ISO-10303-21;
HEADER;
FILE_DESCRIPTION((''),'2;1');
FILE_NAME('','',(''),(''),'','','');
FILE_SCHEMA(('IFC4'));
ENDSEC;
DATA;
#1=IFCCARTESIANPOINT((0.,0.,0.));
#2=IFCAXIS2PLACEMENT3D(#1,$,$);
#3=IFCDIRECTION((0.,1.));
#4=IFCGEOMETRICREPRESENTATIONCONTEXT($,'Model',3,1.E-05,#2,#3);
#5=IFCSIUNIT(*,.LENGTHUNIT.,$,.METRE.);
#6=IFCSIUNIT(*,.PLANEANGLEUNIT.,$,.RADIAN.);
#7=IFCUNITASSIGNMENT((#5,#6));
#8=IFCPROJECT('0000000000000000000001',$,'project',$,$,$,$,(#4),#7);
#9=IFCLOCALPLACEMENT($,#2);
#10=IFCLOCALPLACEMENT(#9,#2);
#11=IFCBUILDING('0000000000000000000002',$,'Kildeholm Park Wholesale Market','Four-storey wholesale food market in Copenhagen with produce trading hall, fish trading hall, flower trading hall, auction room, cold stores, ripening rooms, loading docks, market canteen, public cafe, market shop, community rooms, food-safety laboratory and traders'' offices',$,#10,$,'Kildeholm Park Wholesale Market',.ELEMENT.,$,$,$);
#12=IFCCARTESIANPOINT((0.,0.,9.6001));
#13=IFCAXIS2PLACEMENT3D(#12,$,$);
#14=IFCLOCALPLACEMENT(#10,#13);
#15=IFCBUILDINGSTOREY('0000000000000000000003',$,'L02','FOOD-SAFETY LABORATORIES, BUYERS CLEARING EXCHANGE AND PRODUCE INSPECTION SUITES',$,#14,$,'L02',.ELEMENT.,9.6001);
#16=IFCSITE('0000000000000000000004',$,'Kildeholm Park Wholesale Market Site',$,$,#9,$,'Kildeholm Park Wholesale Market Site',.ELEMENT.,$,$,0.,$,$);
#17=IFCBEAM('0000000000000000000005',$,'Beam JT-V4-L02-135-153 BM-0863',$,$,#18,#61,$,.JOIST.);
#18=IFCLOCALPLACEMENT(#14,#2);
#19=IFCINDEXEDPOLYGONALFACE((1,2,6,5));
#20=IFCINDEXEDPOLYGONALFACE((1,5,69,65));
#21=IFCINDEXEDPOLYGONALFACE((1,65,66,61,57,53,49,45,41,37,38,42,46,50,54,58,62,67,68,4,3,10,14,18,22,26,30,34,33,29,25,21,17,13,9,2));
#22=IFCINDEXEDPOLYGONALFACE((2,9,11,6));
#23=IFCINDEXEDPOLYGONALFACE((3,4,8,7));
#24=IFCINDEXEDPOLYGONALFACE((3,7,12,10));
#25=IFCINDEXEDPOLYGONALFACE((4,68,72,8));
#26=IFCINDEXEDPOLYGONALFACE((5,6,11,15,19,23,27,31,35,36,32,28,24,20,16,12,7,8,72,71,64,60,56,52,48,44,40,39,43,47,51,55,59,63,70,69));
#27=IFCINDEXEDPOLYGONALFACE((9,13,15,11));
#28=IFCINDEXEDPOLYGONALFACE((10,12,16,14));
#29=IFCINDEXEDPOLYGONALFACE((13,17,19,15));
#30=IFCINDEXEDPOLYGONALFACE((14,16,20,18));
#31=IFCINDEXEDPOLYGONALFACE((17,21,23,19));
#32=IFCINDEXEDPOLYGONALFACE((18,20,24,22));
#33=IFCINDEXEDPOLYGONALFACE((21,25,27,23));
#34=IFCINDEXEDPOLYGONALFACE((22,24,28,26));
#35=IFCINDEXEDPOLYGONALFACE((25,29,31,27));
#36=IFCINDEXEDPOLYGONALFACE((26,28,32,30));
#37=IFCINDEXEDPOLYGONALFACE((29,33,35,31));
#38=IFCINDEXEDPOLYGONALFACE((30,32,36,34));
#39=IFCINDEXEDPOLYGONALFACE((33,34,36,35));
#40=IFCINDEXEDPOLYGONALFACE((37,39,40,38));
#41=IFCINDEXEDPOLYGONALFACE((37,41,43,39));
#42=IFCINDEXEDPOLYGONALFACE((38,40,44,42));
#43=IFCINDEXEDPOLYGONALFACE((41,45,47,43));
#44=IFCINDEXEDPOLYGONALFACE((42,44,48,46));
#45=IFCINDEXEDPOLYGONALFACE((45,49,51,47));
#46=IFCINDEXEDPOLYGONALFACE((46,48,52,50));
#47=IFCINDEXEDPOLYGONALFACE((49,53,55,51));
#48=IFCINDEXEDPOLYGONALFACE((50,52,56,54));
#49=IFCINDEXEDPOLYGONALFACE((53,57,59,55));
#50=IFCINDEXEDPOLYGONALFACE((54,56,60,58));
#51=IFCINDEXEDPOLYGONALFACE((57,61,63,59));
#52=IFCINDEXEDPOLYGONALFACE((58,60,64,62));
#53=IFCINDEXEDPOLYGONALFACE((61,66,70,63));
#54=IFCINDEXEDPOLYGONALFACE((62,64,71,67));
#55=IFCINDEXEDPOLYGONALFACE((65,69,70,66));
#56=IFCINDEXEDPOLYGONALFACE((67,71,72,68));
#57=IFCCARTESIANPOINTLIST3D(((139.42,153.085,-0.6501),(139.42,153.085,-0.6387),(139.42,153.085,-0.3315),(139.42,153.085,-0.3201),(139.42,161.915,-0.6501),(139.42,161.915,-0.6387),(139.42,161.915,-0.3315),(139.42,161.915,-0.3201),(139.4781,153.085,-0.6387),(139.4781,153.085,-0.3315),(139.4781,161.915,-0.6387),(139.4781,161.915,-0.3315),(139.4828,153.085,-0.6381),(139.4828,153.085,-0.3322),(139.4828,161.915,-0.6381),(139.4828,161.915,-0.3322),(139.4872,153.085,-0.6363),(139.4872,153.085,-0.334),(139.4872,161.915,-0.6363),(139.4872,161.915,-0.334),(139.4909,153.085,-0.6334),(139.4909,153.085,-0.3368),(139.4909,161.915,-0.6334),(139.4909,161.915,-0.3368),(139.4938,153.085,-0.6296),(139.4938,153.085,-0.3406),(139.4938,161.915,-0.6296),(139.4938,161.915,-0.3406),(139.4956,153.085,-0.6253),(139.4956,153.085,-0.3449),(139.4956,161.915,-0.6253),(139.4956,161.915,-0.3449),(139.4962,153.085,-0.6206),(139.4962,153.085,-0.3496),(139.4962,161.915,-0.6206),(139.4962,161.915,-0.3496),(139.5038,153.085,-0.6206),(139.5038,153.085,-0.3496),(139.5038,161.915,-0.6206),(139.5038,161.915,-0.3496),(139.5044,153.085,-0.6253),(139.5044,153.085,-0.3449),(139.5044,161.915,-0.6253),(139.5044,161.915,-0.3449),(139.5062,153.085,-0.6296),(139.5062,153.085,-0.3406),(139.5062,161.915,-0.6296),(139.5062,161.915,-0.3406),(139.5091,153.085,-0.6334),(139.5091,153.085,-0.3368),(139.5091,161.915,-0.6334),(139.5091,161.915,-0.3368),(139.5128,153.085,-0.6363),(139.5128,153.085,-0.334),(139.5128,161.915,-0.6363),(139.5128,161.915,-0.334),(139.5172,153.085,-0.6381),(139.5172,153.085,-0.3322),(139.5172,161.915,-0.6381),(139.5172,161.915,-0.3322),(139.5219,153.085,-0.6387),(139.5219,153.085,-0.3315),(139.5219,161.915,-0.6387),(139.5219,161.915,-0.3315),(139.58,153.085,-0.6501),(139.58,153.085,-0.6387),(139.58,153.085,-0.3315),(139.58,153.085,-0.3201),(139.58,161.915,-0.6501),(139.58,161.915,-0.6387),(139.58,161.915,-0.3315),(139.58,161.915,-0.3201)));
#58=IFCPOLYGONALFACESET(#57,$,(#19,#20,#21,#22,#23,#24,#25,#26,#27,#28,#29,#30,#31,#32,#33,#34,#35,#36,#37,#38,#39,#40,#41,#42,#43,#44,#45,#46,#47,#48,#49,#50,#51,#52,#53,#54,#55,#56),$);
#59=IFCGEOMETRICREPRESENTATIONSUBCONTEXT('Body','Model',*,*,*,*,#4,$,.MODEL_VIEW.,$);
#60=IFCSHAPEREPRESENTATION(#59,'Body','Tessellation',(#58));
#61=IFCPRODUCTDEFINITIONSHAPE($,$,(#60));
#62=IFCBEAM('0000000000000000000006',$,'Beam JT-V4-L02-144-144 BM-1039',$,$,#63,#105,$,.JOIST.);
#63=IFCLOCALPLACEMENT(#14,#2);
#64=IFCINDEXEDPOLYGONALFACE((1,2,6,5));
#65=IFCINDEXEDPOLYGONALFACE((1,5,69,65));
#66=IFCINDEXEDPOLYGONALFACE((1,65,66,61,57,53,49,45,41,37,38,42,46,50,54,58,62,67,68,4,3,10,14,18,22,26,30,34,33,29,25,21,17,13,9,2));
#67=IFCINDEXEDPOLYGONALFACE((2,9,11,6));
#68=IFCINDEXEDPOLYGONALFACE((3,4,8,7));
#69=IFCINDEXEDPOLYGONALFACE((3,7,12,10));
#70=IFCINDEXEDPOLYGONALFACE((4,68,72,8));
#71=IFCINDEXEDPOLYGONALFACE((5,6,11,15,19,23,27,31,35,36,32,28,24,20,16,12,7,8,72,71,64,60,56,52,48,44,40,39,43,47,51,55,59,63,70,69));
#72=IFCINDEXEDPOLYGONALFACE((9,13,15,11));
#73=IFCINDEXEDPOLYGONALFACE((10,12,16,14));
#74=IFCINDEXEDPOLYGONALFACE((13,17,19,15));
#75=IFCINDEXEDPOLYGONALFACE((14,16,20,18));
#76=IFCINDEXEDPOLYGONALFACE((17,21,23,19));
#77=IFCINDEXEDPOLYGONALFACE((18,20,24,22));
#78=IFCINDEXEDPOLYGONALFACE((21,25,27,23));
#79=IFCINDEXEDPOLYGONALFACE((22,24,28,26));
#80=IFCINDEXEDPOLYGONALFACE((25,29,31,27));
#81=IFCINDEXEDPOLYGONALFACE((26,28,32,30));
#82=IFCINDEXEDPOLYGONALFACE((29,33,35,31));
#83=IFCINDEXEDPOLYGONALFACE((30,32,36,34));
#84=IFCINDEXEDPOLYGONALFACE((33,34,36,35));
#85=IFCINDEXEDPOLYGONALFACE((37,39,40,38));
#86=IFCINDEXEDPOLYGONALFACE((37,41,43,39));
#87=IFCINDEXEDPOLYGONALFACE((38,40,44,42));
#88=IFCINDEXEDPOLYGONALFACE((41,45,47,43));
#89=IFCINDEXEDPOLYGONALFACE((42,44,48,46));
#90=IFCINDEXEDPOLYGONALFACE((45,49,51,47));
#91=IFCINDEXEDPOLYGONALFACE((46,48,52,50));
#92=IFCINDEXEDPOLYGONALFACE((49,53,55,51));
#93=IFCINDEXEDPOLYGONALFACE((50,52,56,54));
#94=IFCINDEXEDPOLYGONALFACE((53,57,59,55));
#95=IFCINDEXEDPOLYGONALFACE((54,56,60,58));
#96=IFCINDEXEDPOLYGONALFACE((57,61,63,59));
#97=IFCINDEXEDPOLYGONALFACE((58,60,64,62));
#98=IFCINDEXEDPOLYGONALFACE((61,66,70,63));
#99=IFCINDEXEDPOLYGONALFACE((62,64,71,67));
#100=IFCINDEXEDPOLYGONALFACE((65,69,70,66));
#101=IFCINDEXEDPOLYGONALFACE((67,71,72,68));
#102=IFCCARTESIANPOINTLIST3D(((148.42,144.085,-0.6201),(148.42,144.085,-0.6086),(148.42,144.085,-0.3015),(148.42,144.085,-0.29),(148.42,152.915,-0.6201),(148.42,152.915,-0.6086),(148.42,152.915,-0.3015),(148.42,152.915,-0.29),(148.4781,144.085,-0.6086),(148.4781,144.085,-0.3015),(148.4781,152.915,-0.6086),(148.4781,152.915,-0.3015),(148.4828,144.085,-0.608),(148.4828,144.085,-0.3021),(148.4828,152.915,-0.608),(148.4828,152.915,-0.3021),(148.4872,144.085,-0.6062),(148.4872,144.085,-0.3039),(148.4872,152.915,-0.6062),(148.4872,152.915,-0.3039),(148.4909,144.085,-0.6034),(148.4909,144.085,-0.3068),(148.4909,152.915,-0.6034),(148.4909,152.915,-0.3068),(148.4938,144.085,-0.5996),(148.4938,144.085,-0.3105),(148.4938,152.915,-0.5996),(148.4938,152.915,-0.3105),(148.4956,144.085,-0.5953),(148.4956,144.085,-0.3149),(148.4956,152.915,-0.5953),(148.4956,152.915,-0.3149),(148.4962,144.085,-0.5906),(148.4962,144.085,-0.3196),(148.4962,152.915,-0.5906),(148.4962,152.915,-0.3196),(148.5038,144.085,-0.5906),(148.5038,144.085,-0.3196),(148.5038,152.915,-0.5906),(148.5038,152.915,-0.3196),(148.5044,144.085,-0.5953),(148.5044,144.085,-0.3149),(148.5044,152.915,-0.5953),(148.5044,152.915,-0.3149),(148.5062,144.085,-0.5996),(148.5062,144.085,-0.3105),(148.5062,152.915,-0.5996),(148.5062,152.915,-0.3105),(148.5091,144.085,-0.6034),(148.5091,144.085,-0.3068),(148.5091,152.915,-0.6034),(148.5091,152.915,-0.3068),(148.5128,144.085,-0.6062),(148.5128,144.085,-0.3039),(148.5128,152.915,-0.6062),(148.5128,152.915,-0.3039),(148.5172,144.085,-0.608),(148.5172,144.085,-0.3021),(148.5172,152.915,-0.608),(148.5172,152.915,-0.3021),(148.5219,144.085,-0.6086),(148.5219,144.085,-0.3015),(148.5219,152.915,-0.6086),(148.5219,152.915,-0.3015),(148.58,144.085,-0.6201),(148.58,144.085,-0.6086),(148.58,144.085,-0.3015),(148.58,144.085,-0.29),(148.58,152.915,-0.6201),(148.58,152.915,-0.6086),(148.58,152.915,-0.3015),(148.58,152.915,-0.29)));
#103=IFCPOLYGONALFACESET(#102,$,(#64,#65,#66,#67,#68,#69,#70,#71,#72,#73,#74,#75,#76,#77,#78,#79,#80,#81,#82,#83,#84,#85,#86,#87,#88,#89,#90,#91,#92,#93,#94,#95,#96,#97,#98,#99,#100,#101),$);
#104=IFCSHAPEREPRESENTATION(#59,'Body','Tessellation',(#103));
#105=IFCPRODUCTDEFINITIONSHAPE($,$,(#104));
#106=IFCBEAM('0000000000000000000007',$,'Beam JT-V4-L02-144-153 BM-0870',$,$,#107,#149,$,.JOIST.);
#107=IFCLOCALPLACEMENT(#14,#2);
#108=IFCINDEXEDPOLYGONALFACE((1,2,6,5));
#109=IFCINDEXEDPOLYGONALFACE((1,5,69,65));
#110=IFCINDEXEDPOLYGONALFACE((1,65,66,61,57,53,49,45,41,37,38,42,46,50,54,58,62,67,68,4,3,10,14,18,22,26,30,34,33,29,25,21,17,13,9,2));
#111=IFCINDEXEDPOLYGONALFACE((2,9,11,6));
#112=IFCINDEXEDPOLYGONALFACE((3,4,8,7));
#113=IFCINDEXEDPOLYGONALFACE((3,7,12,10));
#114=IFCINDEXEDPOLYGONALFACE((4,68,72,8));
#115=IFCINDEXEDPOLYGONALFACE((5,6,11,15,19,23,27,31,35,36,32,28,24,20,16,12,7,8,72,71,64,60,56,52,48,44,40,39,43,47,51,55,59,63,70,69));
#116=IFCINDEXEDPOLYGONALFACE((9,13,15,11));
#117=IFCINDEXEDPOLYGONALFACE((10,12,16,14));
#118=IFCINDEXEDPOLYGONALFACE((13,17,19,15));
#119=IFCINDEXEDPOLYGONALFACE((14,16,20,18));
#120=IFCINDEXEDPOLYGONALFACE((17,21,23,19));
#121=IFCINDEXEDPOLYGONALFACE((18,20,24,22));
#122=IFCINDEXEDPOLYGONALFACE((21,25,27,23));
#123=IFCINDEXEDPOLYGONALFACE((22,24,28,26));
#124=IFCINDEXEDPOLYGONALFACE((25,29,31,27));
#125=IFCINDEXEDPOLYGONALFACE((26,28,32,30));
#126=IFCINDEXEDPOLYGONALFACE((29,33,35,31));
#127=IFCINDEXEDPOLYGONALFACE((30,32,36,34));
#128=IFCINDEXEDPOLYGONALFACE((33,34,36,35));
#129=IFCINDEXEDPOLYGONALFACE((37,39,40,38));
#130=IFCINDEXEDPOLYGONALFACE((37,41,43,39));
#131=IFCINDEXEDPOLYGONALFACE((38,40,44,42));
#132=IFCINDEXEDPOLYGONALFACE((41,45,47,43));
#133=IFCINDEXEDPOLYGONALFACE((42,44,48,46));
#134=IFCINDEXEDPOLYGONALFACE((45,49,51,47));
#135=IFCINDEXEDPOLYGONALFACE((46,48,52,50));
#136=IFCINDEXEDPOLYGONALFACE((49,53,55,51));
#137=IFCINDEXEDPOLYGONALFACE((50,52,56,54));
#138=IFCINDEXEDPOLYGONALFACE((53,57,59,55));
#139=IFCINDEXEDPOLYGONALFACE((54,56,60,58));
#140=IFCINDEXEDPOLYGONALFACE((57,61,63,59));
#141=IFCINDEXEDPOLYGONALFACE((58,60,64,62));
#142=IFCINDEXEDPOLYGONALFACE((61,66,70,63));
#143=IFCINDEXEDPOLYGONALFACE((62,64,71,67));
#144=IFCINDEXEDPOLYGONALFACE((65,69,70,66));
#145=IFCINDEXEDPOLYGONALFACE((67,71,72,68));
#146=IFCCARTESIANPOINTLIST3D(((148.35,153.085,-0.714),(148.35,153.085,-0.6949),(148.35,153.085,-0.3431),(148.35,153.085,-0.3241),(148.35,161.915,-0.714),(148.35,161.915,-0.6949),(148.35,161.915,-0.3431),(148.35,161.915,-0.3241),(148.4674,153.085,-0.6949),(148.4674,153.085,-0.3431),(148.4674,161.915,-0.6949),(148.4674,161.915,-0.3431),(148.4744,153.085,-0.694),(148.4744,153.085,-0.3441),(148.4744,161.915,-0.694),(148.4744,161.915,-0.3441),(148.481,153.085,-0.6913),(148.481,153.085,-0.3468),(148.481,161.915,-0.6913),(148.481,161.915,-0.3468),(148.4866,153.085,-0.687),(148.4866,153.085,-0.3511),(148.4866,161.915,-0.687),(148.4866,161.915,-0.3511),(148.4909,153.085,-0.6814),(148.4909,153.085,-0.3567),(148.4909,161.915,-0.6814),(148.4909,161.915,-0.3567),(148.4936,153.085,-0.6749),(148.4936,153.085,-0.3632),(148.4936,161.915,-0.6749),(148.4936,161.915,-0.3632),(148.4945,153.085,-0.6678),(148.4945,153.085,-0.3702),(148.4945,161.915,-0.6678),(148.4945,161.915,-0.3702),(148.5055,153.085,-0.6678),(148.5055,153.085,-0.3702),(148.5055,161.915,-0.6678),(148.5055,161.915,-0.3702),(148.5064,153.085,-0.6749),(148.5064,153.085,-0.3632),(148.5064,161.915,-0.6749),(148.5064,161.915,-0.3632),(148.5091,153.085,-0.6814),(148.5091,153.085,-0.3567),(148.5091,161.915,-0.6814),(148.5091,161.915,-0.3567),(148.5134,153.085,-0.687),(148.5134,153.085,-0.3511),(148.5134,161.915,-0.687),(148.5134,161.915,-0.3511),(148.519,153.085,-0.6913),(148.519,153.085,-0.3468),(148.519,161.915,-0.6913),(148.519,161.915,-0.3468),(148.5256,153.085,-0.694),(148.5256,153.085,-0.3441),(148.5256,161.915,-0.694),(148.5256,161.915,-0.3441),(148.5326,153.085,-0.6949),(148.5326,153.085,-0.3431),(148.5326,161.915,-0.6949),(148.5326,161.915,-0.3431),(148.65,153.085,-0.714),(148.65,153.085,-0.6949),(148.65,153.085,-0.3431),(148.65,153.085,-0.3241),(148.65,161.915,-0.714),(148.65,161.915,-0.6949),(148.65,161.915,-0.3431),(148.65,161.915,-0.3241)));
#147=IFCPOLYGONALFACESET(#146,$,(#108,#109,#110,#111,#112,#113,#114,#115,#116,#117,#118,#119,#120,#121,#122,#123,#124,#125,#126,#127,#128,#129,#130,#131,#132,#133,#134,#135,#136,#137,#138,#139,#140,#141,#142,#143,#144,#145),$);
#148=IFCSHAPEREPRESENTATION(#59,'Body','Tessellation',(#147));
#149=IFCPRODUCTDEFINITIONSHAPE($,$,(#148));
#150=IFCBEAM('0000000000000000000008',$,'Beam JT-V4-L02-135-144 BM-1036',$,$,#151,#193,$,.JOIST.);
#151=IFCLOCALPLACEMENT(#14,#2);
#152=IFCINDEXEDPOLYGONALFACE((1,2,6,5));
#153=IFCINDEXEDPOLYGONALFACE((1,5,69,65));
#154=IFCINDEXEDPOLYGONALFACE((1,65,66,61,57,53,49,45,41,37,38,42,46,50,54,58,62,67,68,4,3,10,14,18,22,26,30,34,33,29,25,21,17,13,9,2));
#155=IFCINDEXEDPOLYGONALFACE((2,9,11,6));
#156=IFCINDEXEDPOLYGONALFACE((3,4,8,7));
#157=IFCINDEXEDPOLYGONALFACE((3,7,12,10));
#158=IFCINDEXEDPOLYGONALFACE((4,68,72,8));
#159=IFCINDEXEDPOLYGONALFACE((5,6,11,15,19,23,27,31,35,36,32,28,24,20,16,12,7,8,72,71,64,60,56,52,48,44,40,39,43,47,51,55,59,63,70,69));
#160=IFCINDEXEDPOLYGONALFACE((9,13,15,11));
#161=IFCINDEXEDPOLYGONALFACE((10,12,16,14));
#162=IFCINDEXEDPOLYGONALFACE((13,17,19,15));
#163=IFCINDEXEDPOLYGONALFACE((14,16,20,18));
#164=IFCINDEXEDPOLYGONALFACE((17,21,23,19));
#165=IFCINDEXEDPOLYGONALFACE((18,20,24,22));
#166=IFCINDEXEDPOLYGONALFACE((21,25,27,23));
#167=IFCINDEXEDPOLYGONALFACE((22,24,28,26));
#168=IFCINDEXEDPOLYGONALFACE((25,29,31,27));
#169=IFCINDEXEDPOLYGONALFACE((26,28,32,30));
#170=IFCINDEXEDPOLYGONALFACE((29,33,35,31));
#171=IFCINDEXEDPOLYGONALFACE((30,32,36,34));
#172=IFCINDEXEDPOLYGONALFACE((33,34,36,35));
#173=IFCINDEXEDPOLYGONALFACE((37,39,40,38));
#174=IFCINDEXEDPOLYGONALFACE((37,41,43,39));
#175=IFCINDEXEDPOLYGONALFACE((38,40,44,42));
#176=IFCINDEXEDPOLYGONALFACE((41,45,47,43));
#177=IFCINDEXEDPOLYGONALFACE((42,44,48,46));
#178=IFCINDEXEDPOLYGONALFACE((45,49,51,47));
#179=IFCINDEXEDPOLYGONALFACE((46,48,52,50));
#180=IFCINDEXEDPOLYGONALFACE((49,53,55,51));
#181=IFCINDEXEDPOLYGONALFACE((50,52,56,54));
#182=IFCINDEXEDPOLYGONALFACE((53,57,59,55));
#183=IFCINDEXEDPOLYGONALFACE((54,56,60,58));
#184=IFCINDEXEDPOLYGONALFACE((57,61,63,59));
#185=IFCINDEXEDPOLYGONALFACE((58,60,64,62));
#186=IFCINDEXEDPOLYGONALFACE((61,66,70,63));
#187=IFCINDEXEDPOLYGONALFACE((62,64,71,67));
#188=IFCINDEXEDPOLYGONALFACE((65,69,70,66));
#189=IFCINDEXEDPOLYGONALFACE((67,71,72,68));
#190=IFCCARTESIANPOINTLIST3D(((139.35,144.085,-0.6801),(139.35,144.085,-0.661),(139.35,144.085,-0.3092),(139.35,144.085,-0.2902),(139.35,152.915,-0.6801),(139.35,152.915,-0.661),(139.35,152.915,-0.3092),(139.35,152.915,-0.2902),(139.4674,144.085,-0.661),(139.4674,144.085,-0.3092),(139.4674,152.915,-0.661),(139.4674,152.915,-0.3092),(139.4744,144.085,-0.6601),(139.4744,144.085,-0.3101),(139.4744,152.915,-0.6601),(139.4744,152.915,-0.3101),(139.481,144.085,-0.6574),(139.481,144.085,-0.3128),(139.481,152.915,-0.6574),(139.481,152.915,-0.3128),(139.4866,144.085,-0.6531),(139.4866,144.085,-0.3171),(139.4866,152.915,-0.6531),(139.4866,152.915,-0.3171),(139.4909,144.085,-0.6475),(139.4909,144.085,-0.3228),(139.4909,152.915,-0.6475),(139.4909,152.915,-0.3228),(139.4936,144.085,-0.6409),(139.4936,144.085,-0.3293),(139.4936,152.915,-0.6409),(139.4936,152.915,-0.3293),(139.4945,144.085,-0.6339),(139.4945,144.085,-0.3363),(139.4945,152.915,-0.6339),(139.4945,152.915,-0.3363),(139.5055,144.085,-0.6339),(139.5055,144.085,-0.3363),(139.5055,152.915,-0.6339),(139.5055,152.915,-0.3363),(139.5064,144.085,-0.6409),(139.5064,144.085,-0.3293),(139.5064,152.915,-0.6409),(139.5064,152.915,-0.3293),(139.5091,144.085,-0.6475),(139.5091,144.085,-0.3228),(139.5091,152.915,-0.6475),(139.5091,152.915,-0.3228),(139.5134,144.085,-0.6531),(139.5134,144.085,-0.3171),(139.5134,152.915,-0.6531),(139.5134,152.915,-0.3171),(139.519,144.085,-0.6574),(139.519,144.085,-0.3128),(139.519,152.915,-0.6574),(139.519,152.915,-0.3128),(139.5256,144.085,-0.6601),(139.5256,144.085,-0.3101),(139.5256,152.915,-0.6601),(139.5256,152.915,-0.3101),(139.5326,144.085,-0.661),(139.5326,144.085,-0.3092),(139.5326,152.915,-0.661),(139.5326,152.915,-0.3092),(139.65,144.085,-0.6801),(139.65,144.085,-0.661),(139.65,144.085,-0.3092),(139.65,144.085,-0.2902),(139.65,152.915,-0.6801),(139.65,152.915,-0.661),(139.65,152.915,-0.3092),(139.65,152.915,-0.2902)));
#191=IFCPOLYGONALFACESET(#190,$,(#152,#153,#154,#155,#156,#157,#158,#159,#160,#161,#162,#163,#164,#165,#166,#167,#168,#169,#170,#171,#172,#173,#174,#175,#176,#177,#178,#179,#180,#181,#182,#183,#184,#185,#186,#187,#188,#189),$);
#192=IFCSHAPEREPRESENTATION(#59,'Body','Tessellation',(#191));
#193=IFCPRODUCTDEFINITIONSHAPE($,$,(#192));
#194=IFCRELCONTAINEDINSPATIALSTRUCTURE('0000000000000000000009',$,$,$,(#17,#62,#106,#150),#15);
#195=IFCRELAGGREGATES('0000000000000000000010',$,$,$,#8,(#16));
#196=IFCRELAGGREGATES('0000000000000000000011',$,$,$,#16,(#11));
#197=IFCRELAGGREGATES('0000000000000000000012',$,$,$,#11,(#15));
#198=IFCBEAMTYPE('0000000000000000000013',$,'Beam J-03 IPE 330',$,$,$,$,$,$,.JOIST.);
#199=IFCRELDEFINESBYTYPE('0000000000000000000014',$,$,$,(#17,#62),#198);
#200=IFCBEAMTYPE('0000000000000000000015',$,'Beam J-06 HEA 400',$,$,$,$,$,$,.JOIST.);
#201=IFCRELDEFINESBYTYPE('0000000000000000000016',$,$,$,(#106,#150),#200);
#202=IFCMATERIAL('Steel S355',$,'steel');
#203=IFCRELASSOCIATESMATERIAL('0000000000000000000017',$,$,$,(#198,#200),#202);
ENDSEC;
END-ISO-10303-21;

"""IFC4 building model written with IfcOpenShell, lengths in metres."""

from ifc_helpers import new_model, si_unit, direction, frame, origin, origin_2d, place, context, subcontext, project, spatial, i_section, extrude, material, material_profile, profile_set, type_object, element, save


model = new_model("IFC4")

# Units and contexts
model_context = context("Model", 3, precision=1e-05, world=origin(), true_north=direction((0.0, 1.0)))
body_context = subcontext(model_context, "Body", "Model", "MODEL_VIEW")
ifc_project = project(units=[si_unit("LENGTHUNIT", "METRE"), si_unit("PLANEANGLEUNIT", "RADIAN")], contexts=[model_context])

# Site, building, storey
site_placement = place(None, origin())
site = spatial("IfcSite", under=ifc_project, at=site_placement, Name="Kildeholm Park Wholesale Market Site", LongName="Kildeholm Park Wholesale Market Site", CompositionType="ELEMENT", RefElevation=0.0)
building_placement = place(site_placement, origin())
building = spatial("IfcBuilding", under=site, at=building_placement, Name="Kildeholm Park Wholesale Market", Description="Four-storey wholesale food market in Copenhagen with produce trading hall, fish trading hall, flower trading hall, auction room, cold stores, ripening rooms, loading docks, market canteen, public cafe, market shop, community rooms, food-safety laboratory and traders' offices", LongName="Kildeholm Park Wholesale Market", CompositionType="ELEMENT")
storey_placement = place(building_placement, frame((0.0, 0.0, 9.6001)))
storey = spatial("IfcBuildingStorey", under=building, at=storey_placement, Name="L02", Description="FOOD-SAFETY LABORATORIES, BUYERS CLEARING EXCHANGE AND PRODUCE INSPECTION SUITES", LongName="L02", CompositionType="ELEMENT", Elevation=9.6001)

# Beams
ifc_material_1 = material(Name="Steel S355", Category="steel")
ifc_material_profile_1 = material_profile(ifc_material_1, i_section(OverallWidth=0.1599, OverallDepth=0.3301, WebThickness=0.0076, FlangeThickness=0.0115, FilletRadius=0.0181, at=origin_2d()), Name="IPE 330")
ifc_profile_set_1 = profile_set([ifc_material_profile_1], Name="Steel S355")
beam_type_1 = type_object("IfcBeamType", Name="Beam J-03 IPE 330", PredefinedType="JOIST", material=ifc_profile_set_1)
for number, where, z_axis, x_axis, name in (
    (1, (139.5, 153.085, -0.4851), (0.0, 1.0, 0.0), (-1.0, 0.0, 0.0), "Beam JT-V4-L02-135-153 BM-0863"),
    (2, (148.5, 144.085, -0.4551), (0.0, 1.0, 0.0), (-1.0, 0.0, 0.0), "Beam JT-V4-L02-144-144 BM-1039"),
):
    element("IfcBeam", number, at=place(storey_placement, frame(where, z_axis=z_axis, x_axis=x_axis)), inside=storey, type_object=beam_type_1, Name=name, PredefinedType="JOIST", context=body_context, shape_type="SweptSolid", body=[
        extrude(i_section(OverallWidth=0.1599, OverallDepth=0.3301, WebThickness=0.0076, FlangeThickness=0.0115, FilletRadius=0.0181, at=origin_2d()), origin(), (0.0, 0.0, 1.0), 8.8301),
    ])
ifc_material_profile_2 = material_profile(ifc_material_1, i_section(OverallWidth=0.3, OverallDepth=0.3899, WebThickness=0.011, FlangeThickness=0.019, FilletRadius=0.0271, at=origin_2d()), Name="HEA 400")
ifc_profile_set_2 = profile_set([ifc_material_profile_2], Name="Steel S355")
beam_type_2 = type_object("IfcBeamType", Name="Beam J-06 HEA 400", PredefinedType="JOIST", material=ifc_profile_set_2)
for number, where, z_axis, x_axis, name in (
    (3, (148.5, 153.085, -0.519), (0.0, 1.0, 0.0), (-1.0, 0.0, 0.0), "Beam JT-V4-L02-144-153 BM-0870"),
    (4, (139.5, 144.085, -0.4851), (0.0, 1.0, 0.0), (-1.0, 0.0, 0.0), "Beam JT-V4-L02-135-144 BM-1036"),
):
    element("IfcBeam", number, at=place(storey_placement, frame(where, z_axis=z_axis, x_axis=x_axis)), inside=storey, type_object=beam_type_2, Name=name, PredefinedType="JOIST", context=body_context, shape_type="SweptSolid", body=[
        extrude(i_section(OverallWidth=0.3, OverallDepth=0.3899, WebThickness=0.011, FlangeThickness=0.019, FilletRadius=0.0271, at=origin_2d()), origin(), (0.0, 0.0, 1.0), 8.8301),
    ])

save(model, "model.ifc")
